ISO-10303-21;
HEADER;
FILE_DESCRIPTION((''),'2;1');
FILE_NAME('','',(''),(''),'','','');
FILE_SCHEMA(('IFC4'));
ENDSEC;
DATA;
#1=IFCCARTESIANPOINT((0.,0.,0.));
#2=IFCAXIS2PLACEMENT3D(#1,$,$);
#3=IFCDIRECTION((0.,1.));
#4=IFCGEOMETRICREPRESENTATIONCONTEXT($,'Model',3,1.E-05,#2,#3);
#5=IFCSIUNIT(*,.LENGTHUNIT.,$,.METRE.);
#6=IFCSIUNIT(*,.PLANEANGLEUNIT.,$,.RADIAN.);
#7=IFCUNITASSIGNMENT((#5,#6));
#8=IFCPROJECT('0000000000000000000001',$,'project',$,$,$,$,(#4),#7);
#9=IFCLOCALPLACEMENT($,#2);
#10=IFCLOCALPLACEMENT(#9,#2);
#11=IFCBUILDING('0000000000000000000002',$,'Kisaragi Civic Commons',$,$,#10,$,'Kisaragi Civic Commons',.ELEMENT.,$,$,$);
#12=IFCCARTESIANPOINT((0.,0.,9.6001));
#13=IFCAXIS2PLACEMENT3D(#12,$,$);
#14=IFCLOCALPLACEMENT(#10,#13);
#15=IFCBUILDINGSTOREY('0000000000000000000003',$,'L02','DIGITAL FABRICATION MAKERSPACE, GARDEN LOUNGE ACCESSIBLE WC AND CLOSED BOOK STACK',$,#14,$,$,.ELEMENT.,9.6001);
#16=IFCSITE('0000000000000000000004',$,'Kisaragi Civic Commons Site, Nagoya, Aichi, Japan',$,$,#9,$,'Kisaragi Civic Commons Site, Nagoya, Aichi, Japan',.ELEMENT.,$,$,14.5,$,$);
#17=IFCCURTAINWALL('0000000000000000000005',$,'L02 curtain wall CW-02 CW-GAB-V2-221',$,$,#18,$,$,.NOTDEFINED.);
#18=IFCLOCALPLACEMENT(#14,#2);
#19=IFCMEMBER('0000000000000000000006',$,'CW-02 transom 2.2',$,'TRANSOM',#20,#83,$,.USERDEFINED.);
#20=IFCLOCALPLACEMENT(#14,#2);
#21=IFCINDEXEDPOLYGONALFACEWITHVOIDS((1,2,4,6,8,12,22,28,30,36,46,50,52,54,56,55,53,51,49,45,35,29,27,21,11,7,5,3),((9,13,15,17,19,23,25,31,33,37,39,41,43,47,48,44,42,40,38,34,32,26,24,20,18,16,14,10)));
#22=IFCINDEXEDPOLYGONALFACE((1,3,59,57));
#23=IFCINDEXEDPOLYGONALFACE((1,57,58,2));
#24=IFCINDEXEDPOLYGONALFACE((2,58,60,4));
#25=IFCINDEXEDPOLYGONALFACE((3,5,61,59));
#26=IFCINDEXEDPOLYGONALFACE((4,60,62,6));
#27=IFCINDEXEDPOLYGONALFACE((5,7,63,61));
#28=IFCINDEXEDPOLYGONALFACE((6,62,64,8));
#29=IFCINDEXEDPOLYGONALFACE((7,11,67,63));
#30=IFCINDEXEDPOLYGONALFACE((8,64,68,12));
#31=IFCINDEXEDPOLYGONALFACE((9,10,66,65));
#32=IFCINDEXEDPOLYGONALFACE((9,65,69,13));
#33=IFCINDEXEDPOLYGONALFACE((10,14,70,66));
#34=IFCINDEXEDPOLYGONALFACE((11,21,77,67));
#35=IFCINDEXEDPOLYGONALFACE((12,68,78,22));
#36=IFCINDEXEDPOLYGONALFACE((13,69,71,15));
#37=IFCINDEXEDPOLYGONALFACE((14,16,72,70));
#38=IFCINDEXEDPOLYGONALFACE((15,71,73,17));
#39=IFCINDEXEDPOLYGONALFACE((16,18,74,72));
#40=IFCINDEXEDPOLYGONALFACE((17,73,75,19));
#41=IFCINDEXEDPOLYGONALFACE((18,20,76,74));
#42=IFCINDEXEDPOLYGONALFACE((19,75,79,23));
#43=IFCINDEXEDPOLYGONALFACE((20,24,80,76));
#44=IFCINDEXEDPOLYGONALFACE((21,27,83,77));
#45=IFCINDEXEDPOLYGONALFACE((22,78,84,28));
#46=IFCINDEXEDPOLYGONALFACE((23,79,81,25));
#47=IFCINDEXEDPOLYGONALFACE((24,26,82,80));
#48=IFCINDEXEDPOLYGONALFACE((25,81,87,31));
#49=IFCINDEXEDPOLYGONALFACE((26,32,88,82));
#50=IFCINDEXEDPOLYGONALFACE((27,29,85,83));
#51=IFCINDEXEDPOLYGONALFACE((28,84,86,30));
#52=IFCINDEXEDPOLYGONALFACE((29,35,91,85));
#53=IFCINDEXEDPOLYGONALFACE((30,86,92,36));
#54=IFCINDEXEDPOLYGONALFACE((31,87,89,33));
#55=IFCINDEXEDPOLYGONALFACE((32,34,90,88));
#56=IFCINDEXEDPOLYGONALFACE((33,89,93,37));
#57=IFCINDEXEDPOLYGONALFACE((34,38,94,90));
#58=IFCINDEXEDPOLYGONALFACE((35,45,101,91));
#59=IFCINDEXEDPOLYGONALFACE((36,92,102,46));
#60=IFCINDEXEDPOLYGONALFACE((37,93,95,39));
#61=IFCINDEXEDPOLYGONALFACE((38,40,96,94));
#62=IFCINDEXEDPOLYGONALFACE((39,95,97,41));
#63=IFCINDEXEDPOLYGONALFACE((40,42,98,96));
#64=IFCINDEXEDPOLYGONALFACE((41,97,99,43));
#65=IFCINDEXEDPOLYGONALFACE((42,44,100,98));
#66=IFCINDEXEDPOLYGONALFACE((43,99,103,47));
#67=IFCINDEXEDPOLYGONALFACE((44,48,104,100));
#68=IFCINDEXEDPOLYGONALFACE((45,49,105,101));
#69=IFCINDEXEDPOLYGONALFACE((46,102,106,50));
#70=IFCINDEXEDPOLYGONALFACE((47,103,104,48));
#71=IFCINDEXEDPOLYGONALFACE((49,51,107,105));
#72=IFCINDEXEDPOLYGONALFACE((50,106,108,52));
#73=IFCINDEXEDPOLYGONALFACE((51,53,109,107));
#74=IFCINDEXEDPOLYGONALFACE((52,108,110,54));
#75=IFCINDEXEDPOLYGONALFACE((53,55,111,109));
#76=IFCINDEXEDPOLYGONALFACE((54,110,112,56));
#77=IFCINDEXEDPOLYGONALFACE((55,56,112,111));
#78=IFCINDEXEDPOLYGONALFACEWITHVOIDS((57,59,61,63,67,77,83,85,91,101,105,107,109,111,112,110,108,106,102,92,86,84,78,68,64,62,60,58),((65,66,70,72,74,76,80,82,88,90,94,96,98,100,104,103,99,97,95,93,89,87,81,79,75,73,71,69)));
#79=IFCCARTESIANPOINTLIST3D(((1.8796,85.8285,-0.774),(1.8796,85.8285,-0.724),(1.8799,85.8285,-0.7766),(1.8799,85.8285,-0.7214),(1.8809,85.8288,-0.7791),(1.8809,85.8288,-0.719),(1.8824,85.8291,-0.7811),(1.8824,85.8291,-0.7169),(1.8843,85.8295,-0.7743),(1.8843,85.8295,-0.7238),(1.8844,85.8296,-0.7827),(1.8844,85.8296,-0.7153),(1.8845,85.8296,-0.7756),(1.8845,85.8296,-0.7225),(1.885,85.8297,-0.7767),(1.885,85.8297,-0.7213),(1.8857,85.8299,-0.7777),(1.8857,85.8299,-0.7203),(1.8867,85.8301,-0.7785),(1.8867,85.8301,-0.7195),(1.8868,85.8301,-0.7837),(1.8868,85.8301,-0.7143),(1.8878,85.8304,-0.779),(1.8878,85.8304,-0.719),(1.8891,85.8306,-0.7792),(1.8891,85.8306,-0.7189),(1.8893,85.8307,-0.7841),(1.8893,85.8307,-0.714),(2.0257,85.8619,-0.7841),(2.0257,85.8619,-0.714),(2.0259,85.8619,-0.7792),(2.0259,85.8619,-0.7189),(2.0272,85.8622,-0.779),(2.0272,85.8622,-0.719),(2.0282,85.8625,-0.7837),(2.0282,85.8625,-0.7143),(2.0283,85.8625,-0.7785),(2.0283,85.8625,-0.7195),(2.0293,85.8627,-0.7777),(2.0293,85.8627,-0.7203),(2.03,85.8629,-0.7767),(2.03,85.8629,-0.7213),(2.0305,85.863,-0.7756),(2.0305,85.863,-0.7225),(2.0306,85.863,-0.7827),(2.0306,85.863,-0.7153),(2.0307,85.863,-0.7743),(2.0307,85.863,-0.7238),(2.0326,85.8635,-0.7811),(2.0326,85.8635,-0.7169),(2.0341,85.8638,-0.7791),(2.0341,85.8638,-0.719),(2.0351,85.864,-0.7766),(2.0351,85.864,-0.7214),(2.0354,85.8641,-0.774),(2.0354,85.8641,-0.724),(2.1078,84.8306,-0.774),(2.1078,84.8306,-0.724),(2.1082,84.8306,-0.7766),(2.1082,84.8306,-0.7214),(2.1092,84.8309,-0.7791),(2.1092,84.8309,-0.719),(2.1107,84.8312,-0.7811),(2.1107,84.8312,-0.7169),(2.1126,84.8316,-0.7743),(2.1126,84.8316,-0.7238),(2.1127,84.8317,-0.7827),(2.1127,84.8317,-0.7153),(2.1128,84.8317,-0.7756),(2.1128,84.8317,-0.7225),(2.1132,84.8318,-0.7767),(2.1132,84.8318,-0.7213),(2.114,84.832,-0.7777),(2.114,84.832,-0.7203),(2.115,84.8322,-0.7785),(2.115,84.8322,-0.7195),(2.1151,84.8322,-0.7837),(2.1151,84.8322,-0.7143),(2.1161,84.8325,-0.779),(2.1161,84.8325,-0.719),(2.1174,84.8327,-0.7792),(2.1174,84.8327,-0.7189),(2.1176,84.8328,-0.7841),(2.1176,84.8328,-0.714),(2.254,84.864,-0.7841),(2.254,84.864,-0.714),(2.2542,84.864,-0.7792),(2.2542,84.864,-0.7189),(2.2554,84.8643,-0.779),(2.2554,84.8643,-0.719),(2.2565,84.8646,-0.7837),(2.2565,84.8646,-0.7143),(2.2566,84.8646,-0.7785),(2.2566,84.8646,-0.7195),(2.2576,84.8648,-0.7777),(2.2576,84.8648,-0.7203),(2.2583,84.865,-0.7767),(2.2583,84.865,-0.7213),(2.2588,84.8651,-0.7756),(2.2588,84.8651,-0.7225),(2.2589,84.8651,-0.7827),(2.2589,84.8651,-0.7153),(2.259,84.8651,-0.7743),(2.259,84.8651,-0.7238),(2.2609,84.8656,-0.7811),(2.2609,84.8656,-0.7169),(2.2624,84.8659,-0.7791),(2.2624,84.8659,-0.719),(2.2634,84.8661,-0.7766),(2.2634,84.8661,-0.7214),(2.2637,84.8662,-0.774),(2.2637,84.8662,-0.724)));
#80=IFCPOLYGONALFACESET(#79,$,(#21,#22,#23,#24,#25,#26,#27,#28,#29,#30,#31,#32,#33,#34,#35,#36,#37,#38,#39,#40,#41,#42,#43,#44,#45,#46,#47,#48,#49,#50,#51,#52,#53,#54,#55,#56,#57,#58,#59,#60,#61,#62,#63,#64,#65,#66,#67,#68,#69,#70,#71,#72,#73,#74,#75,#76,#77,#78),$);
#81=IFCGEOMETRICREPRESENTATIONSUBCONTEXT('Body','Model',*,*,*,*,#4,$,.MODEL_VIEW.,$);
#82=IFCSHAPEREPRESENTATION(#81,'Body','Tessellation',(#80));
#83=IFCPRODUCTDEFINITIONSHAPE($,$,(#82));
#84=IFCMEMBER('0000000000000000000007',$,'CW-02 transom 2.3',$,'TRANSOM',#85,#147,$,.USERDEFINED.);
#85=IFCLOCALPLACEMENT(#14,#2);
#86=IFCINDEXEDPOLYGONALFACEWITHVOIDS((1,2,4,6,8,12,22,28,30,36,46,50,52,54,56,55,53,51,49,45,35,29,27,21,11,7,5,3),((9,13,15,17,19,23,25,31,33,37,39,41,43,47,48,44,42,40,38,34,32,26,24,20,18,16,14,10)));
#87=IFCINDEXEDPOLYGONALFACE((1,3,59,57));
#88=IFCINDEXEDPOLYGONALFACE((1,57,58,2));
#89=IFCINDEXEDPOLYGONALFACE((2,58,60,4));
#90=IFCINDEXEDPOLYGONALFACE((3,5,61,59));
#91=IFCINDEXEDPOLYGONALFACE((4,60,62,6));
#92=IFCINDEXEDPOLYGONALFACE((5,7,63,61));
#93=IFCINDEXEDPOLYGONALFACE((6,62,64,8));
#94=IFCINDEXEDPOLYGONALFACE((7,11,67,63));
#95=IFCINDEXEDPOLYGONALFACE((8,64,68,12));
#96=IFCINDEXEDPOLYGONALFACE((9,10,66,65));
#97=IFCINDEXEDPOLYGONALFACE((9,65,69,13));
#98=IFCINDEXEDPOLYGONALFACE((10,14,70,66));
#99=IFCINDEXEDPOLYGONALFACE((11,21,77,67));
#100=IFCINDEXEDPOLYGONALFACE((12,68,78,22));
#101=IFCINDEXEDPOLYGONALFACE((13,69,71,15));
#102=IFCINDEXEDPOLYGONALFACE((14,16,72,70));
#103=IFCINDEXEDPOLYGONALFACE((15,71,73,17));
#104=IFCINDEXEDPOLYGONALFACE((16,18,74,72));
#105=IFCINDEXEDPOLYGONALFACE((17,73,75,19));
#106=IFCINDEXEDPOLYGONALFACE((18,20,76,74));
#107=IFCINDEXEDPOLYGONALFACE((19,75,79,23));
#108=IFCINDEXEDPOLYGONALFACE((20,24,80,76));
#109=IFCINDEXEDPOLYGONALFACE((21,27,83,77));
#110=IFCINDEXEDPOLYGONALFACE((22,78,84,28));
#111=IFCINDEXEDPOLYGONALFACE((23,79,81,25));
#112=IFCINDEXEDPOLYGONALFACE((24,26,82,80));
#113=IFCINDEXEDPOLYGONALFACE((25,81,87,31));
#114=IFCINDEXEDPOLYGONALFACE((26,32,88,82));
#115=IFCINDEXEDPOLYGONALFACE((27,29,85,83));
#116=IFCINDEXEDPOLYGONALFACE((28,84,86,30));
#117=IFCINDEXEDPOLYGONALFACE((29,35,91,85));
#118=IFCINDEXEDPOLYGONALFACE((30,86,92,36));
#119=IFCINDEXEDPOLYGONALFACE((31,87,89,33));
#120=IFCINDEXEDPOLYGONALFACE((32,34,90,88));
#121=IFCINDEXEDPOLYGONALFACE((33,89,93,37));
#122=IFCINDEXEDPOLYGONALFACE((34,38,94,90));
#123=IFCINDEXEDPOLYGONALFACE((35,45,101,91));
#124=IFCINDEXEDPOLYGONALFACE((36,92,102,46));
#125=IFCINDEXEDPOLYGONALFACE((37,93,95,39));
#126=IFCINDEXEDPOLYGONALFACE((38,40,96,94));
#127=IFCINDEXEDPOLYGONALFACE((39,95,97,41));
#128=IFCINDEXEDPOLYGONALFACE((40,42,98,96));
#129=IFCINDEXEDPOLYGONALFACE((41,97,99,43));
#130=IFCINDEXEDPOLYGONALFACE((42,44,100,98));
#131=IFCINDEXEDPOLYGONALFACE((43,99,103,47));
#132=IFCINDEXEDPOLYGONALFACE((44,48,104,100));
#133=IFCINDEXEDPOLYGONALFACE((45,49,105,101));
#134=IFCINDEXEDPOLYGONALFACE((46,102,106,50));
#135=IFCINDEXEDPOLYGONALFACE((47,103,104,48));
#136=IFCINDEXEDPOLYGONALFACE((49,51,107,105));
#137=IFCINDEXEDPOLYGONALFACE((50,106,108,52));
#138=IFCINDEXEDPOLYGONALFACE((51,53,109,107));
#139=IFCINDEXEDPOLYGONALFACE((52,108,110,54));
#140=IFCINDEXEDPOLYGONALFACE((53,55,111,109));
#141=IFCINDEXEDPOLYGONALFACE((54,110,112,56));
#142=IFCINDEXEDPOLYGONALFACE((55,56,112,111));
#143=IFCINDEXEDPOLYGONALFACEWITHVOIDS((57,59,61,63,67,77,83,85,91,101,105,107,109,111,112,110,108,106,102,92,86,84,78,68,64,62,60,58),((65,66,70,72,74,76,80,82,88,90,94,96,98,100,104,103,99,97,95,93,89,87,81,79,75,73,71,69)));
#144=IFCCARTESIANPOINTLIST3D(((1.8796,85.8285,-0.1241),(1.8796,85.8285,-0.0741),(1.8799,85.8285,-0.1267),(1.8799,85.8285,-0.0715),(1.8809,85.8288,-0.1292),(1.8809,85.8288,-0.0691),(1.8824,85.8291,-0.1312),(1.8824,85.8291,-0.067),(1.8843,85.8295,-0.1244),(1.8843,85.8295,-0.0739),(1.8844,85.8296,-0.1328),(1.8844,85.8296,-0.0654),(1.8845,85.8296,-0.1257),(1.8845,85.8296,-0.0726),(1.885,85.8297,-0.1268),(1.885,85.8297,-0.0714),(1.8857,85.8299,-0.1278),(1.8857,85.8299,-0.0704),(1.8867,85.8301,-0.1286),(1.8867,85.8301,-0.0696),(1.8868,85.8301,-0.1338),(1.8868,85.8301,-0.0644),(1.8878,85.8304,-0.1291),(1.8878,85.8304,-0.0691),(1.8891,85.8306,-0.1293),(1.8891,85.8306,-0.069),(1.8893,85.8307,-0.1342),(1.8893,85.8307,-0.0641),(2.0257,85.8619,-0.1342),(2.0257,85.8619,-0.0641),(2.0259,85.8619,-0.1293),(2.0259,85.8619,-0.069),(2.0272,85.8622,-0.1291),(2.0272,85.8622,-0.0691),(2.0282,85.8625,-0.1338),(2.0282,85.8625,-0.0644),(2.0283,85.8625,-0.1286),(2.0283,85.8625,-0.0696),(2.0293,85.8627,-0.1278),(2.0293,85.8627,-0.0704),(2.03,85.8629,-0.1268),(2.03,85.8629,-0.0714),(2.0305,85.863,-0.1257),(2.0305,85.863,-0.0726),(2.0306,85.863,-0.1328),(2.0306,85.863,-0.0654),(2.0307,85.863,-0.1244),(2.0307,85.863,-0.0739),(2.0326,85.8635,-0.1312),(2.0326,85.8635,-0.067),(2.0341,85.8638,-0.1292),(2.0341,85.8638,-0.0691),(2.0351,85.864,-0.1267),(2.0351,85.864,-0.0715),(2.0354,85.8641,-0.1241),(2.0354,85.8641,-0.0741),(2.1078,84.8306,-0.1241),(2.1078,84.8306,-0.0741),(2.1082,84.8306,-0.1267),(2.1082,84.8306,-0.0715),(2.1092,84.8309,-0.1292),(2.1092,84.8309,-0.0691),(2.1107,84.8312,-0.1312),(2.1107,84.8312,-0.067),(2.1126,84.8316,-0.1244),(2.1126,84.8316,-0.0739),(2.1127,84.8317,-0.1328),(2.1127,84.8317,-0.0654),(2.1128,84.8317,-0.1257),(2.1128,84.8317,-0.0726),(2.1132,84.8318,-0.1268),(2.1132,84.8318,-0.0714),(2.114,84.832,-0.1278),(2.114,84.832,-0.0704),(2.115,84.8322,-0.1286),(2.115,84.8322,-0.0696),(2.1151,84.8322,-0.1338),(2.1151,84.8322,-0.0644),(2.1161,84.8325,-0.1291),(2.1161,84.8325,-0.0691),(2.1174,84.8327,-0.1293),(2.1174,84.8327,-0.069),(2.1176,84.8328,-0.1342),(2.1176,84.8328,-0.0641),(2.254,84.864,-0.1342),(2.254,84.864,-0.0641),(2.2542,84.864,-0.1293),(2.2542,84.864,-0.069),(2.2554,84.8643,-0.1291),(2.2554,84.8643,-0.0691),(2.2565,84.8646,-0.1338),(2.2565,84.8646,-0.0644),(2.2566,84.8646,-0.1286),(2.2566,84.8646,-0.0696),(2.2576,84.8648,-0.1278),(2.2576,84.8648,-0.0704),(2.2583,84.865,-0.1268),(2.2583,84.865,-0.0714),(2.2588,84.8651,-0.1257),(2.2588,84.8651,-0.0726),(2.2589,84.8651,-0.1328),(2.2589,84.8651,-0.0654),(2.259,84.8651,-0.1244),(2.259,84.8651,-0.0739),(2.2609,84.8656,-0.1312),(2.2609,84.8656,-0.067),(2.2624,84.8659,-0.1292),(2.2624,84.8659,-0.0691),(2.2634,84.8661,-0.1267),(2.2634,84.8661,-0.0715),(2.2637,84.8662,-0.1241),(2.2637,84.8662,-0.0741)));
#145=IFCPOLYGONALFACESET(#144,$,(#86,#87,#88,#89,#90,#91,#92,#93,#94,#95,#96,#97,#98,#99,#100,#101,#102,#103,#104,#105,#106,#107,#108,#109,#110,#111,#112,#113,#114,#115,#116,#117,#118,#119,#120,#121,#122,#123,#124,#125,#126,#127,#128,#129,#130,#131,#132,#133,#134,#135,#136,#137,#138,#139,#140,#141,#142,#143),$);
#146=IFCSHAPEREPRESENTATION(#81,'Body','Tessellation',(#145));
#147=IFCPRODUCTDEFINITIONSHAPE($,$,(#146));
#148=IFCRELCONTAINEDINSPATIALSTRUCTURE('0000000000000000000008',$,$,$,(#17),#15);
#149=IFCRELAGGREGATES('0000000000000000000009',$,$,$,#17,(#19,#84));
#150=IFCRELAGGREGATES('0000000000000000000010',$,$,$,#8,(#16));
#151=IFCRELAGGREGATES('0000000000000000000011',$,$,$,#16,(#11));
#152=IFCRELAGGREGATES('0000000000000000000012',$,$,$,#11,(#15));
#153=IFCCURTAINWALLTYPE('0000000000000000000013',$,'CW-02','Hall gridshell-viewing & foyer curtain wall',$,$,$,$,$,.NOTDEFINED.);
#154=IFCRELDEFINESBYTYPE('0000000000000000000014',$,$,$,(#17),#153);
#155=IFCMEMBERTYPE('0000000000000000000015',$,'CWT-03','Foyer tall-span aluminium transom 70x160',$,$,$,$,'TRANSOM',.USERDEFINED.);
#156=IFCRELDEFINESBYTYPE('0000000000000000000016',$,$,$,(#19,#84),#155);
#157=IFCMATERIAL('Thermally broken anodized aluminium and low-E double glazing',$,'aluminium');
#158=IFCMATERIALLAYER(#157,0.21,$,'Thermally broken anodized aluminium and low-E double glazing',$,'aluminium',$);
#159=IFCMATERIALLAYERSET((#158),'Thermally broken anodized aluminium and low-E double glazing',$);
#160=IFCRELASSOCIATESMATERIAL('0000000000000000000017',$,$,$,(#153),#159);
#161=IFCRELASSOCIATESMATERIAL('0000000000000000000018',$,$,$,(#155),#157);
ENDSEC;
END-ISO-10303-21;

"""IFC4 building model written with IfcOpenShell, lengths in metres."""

from ifc_helpers import new_model, si_unit, direction, frame, origin, origin_2d, place, context, subcontext, project, spatial, hollow_rectangle, extrude, material, layer, layer_set, material_profile, profile_set, type_object, element, aggregate, save


model = new_model("IFC4")

# Units and contexts
model_context = context("Model", 3, precision=1e-05, world=origin(), true_north=direction((0.0, 1.0)))
body_context = subcontext(model_context, "Body", "Model", "MODEL_VIEW")
ifc_project = project(units=[si_unit("LENGTHUNIT", "METRE"), si_unit("PLANEANGLEUNIT", "RADIAN")], contexts=[model_context])

# Site, building, storey
site_placement = place(None, origin())
site = spatial("IfcSite", under=ifc_project, at=site_placement, Name="Kisaragi Civic Commons Site, Nagoya, Aichi, Japan", LongName="Kisaragi Civic Commons Site, Nagoya, Aichi, Japan", CompositionType="ELEMENT", RefElevation=14.5)
building_placement = place(site_placement, origin())
building = spatial("IfcBuilding", under=site, at=building_placement, Name="Kisaragi Civic Commons", LongName="Kisaragi Civic Commons", CompositionType="ELEMENT")
storey_placement = place(building_placement, frame((0.0, 0.0, 9.6001)))
storey = spatial("IfcBuildingStorey", under=building, at=storey_placement, Name="L02", Description="DIGITAL FABRICATION MAKERSPACE, GARDEN LOUNGE ACCESSIBLE WC AND CLOSED BOOK STACK", CompositionType="ELEMENT", Elevation=9.6001)

# Curtain wall, members
ifc_material_1 = material(Name="Thermally broken anodized aluminium and low-E double glazing", Category="aluminium")
ifc_layer_1 = layer(ifc_material_1, 0.21, Name="Thermally broken anodized aluminium and low-E double glazing", Category="aluminium")
ifc_layer_set_1 = layer_set([ifc_layer_1], Name="Thermally broken anodized aluminium and low-E double glazing")
curtain_wall_type = type_object("IfcCurtainWallType", Name="CW-02", Description="Hall gridshell-viewing & foyer curtain wall", PredefinedType="NOTDEFINED", material=ifc_layer_set_1)
curtain_wall_placement = place(storey_placement, origin())
curtain_wall = element("IfcCurtainWall", 1, at=curtain_wall_placement, inside=storey, type_object=curtain_wall_type, Name="L02 curtain wall CW-02 CW-GAB-V2-221", PredefinedType="NOTDEFINED")
ifc_material_profile_1 = material_profile(ifc_material_1, hollow_rectangle(XDim=0.1599, YDim=0.0701, WallThickness=0.0049, InnerFilletRadius=0.0049, OuterFilletRadius=0.01, at=origin_2d()), Name="CWT-70x160x5", Category="aluminium")
ifc_profile_set_1 = profile_set([ifc_material_profile_1], Name="Thermally broken anodized aluminium and low-E double glazing")
member_type_1 = type_object("IfcMemberType", Name="CWT-03", Description="Foyer tall-span aluminium transom 70x160", ElementType="TRANSOM", PredefinedType="USERDEFINED", material=ifc_profile_set_1)
member_1_placement = place(storey_placement, frame((2.1858, 84.8484, -0.749), z_axis=(-0.223013, 0.974816, 0.0), x_axis=(-0.974816, -0.223013, 0.0)))
member_1 = element("IfcMember", 2, at=member_1_placement, type_object=member_type_1, Name="CW-02 transom 2.2", ObjectType="TRANSOM", PredefinedType="USERDEFINED", context=body_context, shape_type="SweptSolid", body=[
    extrude(hollow_rectangle(XDim=0.1599, YDim=0.0701, WallThickness=0.0049, InnerFilletRadius=0.0049, OuterFilletRadius=0.01, at=origin_2d()), origin(), (0.0, 0.0, 1.0), 1.0237),
])
member_2_placement = place(storey_placement, frame((2.1858, 84.8484, -0.0991), z_axis=(-0.223013, 0.974816, 0.0), x_axis=(-0.974816, -0.223013, 0.0)))
member_2 = element("IfcMember", 3, at=member_2_placement, type_object=member_type_1, Name="CW-02 transom 2.3", ObjectType="TRANSOM", PredefinedType="USERDEFINED", context=body_context, shape_type="SweptSolid", body=[
    extrude(hollow_rectangle(XDim=0.1599, YDim=0.0701, WallThickness=0.0049, InnerFilletRadius=0.0049, OuterFilletRadius=0.01, at=origin_2d()), origin(), (0.0, 0.0, 1.0), 1.0237),
])

aggregate(curtain_wall, [member_1, member_2])

save(model, "model.ifc")
